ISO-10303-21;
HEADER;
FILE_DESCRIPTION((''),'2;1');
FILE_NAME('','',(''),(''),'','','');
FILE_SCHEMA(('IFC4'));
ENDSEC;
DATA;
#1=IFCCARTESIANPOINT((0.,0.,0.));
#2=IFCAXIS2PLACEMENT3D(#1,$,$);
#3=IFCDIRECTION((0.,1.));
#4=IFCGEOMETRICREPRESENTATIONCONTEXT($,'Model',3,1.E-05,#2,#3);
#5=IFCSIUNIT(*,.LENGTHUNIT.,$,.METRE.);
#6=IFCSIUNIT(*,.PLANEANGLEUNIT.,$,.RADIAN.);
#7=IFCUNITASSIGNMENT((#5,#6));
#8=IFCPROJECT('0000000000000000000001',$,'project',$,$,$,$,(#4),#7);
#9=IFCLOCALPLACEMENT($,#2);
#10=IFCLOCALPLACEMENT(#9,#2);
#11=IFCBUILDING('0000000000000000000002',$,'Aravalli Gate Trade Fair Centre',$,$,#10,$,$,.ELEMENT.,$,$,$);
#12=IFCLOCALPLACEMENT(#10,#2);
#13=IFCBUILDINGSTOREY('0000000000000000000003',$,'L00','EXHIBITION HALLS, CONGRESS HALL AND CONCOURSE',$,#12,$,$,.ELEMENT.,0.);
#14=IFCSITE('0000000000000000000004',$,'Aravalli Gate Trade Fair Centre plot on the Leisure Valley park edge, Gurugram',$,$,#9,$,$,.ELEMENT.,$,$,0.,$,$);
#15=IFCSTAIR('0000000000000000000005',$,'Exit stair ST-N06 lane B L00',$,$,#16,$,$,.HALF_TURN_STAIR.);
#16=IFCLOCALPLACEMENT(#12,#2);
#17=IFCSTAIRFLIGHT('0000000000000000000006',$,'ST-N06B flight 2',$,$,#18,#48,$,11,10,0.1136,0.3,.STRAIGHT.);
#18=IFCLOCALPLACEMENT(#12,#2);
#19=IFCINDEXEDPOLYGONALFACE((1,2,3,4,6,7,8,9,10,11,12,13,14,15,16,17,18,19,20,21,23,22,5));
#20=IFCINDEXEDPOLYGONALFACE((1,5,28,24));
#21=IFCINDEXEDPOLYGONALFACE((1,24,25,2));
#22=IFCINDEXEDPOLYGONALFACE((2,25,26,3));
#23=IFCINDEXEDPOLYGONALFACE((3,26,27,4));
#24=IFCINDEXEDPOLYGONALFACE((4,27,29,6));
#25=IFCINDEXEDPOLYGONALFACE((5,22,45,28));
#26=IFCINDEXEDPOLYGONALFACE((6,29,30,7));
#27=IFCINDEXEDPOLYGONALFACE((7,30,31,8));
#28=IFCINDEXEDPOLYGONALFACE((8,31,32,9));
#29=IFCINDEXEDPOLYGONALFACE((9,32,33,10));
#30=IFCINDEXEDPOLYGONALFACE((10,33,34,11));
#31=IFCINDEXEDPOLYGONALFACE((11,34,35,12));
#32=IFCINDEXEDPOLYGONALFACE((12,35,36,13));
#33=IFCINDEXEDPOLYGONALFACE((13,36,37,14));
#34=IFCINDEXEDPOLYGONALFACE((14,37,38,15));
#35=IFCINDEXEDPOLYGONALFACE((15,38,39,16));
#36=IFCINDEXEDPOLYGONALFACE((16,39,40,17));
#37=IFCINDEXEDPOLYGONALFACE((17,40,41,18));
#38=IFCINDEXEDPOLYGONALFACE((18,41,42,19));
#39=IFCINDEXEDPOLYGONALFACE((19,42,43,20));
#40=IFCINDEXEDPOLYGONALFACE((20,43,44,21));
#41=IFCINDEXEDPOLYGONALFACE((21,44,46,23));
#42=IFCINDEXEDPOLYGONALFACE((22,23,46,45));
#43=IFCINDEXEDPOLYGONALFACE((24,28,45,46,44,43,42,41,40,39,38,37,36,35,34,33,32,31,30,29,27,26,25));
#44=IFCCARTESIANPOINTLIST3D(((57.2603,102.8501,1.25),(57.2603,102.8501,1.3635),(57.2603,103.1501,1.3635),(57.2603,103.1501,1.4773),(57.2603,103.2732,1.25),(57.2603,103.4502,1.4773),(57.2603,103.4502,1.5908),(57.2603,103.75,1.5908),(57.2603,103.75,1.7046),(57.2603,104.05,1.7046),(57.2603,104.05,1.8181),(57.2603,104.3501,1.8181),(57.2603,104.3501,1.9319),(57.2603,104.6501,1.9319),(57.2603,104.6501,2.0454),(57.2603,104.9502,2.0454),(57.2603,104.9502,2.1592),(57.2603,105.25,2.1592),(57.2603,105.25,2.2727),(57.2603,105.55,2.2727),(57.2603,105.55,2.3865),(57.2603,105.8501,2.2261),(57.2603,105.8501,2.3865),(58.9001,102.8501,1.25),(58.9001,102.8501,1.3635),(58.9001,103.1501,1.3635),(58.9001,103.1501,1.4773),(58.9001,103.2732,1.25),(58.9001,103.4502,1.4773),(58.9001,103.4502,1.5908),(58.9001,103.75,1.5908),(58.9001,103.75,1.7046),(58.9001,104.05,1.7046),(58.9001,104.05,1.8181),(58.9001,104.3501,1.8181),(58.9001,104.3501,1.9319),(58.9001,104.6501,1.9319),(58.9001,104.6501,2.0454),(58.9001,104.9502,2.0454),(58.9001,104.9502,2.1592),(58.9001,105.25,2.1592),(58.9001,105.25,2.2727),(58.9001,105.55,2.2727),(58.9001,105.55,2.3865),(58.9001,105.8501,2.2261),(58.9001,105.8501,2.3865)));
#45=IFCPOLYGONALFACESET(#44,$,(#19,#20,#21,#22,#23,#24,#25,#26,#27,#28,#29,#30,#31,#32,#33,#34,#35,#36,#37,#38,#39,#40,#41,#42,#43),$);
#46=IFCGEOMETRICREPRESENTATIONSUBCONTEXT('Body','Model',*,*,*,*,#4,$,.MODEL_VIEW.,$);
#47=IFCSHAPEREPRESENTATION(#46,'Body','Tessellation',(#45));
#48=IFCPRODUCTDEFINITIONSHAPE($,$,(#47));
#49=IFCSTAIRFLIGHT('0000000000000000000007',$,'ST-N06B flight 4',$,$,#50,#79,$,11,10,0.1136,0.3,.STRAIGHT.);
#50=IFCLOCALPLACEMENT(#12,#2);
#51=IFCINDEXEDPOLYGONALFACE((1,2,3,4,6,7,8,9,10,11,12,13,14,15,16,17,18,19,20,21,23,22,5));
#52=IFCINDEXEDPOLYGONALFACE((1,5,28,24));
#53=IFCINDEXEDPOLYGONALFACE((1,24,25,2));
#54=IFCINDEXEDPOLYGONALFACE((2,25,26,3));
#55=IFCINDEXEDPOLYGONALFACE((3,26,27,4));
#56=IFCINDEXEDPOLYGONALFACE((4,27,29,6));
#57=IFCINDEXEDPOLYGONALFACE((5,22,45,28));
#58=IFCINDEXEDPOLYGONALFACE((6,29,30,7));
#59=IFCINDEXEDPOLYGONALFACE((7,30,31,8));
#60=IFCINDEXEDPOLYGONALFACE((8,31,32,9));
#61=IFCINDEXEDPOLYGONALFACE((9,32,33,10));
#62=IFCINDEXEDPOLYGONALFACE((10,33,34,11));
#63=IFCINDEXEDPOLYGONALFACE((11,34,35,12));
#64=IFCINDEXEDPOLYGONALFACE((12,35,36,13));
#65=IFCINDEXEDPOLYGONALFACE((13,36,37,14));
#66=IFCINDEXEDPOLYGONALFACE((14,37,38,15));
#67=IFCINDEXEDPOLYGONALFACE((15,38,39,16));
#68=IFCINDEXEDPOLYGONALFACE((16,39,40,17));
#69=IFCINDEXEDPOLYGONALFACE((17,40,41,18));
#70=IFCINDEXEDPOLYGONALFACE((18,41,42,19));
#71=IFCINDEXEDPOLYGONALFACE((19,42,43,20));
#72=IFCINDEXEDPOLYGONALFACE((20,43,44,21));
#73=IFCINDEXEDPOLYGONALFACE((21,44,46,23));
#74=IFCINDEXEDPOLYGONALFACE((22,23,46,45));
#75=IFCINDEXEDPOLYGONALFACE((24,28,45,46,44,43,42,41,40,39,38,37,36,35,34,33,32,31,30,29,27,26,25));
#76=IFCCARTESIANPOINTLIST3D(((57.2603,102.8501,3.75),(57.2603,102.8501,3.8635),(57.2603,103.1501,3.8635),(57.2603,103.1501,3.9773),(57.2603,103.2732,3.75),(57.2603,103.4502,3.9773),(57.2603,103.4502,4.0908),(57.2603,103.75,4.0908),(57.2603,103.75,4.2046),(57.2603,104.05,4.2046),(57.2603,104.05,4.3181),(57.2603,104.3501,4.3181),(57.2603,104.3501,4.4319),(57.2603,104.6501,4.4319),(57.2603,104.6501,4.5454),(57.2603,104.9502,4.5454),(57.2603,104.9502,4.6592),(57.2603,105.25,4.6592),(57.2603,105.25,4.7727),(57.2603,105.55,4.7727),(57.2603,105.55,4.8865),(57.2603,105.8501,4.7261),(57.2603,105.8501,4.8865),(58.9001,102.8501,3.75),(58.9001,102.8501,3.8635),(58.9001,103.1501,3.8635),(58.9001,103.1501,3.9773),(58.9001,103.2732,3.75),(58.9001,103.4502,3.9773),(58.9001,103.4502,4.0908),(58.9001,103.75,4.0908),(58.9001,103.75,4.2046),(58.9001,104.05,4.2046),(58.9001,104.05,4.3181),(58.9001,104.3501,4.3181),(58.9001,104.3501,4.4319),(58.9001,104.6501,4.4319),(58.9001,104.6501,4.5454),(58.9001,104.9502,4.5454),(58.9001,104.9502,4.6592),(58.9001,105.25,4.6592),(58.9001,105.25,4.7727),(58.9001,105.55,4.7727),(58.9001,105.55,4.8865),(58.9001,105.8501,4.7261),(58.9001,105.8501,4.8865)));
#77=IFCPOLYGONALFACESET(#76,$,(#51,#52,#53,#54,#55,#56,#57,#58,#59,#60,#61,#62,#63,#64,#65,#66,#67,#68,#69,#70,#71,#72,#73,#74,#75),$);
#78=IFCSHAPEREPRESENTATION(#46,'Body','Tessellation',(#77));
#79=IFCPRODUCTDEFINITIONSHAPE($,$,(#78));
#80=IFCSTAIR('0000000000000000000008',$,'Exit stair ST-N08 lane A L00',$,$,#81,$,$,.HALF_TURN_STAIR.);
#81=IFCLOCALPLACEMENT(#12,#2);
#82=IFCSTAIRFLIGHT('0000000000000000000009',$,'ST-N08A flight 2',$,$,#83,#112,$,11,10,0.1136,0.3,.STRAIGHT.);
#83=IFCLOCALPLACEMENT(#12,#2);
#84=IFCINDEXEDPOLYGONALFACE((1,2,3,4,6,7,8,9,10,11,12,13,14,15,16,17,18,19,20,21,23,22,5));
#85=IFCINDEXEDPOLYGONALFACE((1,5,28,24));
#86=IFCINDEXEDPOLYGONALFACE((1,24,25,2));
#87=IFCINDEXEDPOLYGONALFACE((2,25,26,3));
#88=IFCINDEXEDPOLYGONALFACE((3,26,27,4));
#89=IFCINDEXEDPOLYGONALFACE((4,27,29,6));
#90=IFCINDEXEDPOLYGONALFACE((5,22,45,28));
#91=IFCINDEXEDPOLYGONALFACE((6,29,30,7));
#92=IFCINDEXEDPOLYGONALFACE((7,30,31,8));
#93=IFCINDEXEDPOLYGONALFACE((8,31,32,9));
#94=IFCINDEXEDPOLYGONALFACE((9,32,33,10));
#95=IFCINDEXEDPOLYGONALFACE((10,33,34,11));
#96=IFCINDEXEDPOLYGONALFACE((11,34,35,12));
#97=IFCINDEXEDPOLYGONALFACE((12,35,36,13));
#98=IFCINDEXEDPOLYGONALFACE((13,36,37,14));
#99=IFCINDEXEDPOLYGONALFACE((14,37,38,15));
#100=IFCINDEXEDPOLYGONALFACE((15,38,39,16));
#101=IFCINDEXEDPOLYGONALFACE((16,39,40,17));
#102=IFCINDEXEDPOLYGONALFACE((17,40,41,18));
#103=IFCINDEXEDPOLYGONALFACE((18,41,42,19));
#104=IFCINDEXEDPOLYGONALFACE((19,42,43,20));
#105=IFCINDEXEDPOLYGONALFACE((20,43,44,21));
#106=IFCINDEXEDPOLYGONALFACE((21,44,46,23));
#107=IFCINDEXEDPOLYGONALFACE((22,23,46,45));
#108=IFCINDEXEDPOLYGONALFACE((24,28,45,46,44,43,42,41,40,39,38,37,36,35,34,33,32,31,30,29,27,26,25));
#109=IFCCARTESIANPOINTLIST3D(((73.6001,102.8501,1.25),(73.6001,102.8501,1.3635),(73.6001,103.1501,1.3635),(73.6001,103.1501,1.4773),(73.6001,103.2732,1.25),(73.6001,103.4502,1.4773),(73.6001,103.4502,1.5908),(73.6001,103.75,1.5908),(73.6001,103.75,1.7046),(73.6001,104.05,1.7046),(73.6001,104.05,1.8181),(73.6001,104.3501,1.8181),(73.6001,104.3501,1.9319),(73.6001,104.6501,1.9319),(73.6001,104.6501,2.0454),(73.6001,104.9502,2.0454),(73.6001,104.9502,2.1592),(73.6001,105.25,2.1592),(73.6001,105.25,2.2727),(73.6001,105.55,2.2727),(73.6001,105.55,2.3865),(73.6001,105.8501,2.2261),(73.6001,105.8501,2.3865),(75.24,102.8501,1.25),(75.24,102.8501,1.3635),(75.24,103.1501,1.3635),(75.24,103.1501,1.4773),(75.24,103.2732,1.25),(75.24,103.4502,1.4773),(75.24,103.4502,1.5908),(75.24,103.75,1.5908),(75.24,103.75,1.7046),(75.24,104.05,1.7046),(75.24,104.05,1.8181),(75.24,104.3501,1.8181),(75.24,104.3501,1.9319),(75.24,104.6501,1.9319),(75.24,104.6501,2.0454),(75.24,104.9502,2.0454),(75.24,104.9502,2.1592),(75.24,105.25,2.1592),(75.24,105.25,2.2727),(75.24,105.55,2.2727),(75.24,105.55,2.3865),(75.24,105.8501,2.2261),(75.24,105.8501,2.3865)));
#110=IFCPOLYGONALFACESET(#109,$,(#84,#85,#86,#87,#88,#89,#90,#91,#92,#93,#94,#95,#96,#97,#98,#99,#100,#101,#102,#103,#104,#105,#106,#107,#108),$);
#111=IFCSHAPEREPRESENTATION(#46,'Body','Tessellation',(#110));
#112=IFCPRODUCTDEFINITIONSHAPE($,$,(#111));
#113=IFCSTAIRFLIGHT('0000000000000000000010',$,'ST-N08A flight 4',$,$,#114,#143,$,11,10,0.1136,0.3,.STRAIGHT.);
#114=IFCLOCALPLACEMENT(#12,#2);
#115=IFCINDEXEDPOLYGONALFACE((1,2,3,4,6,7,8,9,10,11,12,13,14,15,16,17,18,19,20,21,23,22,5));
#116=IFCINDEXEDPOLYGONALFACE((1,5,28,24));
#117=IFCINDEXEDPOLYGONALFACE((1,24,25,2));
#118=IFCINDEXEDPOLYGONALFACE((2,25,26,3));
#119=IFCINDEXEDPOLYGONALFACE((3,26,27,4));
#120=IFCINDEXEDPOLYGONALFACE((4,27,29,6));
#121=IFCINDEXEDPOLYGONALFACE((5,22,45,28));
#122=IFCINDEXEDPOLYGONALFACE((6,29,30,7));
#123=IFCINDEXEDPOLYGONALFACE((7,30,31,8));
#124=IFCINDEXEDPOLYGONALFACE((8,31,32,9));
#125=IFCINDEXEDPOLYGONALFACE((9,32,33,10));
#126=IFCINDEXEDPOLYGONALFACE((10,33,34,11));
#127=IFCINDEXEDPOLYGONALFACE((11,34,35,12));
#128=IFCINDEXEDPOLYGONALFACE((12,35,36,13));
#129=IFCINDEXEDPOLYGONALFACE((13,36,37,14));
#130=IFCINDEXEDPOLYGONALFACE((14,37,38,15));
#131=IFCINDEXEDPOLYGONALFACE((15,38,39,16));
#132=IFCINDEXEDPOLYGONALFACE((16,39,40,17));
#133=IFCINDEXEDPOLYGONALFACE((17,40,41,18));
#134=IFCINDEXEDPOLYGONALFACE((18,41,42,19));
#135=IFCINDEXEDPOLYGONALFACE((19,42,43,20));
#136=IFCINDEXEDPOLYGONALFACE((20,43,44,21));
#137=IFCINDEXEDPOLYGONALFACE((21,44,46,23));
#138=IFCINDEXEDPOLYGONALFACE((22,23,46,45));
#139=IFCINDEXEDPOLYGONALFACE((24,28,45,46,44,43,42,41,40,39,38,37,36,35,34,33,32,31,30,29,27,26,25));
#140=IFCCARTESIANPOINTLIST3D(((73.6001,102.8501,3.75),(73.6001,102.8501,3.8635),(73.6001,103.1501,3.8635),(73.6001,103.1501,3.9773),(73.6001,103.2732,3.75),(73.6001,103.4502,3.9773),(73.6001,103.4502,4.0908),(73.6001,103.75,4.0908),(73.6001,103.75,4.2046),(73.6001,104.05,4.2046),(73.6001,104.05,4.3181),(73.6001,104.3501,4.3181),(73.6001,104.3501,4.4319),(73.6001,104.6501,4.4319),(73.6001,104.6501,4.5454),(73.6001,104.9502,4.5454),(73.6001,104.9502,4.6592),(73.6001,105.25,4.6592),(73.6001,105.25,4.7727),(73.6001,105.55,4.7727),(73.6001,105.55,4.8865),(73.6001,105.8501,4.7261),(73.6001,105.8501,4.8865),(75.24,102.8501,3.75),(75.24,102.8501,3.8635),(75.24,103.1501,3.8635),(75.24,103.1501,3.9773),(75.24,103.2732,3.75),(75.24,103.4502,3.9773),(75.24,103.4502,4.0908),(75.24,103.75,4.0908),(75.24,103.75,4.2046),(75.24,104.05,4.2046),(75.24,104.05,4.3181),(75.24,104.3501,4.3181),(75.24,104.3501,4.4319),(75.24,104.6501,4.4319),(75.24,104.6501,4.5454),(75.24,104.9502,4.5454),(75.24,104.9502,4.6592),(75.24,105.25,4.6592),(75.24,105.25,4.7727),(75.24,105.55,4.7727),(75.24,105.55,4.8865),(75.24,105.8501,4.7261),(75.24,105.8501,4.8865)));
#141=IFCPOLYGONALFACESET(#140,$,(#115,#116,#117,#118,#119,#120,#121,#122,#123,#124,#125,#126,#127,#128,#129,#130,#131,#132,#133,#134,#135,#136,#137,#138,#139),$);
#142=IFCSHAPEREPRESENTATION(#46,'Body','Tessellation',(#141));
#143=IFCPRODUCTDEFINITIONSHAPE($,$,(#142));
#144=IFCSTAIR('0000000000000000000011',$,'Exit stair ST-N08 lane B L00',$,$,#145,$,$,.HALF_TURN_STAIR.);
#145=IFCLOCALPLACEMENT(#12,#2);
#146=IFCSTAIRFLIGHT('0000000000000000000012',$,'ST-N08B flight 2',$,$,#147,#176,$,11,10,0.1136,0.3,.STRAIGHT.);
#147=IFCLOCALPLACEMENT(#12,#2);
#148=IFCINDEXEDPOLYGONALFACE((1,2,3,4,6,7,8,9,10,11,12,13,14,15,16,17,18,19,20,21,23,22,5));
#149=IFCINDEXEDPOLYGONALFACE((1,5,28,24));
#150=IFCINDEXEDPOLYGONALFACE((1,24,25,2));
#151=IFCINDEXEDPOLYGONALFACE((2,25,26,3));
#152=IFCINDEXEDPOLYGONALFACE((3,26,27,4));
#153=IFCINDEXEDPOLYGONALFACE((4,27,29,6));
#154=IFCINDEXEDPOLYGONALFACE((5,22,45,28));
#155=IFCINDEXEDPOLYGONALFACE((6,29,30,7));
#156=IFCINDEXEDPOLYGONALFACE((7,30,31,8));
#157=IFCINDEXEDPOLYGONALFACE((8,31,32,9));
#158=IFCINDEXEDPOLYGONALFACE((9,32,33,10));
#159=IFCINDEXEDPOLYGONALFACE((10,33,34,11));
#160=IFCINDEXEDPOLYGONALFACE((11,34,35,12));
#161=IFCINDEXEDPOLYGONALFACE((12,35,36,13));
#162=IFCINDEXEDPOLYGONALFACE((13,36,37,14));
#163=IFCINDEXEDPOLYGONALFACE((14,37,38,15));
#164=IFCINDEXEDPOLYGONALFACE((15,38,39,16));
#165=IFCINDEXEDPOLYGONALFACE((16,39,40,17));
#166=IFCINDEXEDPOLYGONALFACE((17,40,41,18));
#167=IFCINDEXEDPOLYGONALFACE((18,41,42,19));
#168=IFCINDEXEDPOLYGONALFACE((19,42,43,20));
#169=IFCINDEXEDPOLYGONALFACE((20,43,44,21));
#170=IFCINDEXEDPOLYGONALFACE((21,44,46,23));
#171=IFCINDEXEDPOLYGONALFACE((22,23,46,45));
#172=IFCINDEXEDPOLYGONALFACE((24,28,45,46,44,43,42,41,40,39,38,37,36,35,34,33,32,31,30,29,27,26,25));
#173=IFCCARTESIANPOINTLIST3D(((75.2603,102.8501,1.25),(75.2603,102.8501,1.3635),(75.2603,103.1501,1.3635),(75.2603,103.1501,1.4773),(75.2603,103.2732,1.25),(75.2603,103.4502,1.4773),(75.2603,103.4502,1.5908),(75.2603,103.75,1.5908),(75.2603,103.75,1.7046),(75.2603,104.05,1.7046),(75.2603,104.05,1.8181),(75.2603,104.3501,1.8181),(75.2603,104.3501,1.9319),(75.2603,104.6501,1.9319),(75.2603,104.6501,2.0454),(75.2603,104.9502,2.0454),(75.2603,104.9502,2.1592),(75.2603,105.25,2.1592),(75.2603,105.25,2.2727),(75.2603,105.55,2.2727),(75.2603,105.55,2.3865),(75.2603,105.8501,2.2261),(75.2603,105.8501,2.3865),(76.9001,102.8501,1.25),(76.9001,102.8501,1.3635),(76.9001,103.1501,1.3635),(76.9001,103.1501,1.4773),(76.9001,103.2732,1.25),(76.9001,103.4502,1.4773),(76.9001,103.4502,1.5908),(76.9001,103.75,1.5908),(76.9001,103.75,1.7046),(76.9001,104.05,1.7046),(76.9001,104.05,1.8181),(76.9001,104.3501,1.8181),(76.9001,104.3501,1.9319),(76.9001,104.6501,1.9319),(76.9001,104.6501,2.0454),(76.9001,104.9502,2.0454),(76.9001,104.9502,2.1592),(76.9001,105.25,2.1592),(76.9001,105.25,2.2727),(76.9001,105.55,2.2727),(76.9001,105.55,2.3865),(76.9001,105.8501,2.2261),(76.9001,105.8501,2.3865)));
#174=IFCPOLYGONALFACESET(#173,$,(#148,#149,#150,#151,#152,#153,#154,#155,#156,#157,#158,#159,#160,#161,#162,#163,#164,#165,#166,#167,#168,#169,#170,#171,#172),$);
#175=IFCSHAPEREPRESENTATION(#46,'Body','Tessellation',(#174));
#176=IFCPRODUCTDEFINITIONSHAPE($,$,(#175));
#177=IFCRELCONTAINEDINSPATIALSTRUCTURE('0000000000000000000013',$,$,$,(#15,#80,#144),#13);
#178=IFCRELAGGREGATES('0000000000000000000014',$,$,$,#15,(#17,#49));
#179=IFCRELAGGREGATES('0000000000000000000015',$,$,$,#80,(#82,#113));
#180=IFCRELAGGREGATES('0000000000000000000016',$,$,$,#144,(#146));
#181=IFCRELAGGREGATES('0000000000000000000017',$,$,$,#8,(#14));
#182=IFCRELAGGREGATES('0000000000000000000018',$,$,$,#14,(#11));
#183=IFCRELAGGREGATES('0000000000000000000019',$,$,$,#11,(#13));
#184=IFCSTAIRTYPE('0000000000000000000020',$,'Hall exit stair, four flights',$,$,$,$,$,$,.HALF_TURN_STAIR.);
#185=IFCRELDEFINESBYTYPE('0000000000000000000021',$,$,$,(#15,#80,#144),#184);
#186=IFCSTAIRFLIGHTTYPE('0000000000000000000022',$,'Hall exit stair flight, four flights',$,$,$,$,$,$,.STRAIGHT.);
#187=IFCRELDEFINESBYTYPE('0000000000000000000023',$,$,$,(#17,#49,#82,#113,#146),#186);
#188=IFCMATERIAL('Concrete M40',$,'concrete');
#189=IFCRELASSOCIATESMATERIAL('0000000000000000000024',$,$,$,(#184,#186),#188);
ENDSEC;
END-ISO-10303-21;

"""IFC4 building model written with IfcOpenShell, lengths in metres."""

from ifc_helpers import new_model, si_unit, direction, frame, origin, place, context, subcontext, project, spatial, polyline, outline, extrude, material, type_object, element, aggregate, save


model = new_model("IFC4")

# Units and contexts
model_context = context("Model", 3, precision=1e-05, world=origin(), true_north=direction((0.0, 1.0)))
body_context = subcontext(model_context, "Body", "Model", "MODEL_VIEW")
ifc_project = project(units=[si_unit("LENGTHUNIT", "METRE"), si_unit("PLANEANGLEUNIT", "RADIAN")], contexts=[model_context])

# Site, building, storey
site_placement = place(None, origin())
site = spatial("IfcSite", under=ifc_project, at=site_placement, Name="Aravalli Gate Trade Fair Centre plot on the Leisure Valley park edge, Gurugram", CompositionType="ELEMENT", RefElevation=0.0)
building_placement = place(site_placement, origin())
building = spatial("IfcBuilding", under=site, at=building_placement, Name="Aravalli Gate Trade Fair Centre", CompositionType="ELEMENT")
storey_placement = place(building_placement, origin())
storey = spatial("IfcBuildingStorey", under=building, at=storey_placement, Name="L00", Description="EXHIBITION HALLS, CONGRESS HALL AND CONCOURSE", CompositionType="ELEMENT", Elevation=0.0)

# Shared definitions
ifc_material_1 = material(Name="Concrete M40", Category="concrete")

# Stairs, stair flights
stair_type_1 = type_object("IfcStairType", Name="Hall exit stair, four flights", PredefinedType="HALF_TURN_STAIR", material=ifc_material_1)
stair_flight_type_1 = type_object("IfcStairFlightType", Name="Hall exit stair flight, four flights", PredefinedType="STRAIGHT", material=ifc_material_1)
stair_1_placement = place(storey_placement, origin())
stair_1 = element("IfcStair", 1, at=stair_1_placement, inside=storey, type_object=stair_type_1, Name="Exit stair ST-N06 lane B L00", PredefinedType="HALF_TURN_STAIR")
stair_flight_1_placement = place(storey_placement, frame((58.0801, 102.8501, 1.25), z_axis=(0.0, 0.0, 1.0), x_axis=(0.0, 1.0, 0.0)))
stair_flight_1 = element("IfcStairFlight", 2, at=stair_flight_1_placement, type_object=stair_flight_type_1, Name="ST-N06B flight 2", NumberOfRisers=11, NumberOfTreads=10, PredefinedType="STRAIGHT", RiserHeight=0.1136, TreadLength=0.3, context=body_context, shape_type="SweptSolid", body=[
    extrude(outline(polyline([(0.0, 0.0), (0.0, 0.1135), (0.3, 0.1135), (0.3, 0.2273), (0.6001, 0.2273), (0.6001, 0.3408), (0.8999, 0.3408), (0.8999, 0.4546), (1.2, 0.4546), (1.2, 0.5681), (1.5, 0.5681), (1.5, 0.6819), (1.8, 0.6819), (1.8, 0.7954), (2.1001, 0.7954), (2.1001, 0.9092), (2.3999, 0.9092), (2.3999, 1.0227), (2.7, 1.0227), (2.7, 1.1365), (3.0, 1.1365), (3.0, 1.25), (3.0, 0.9761), (0.4231, 0.0), (0.0, 0.0)])), frame((0.0, 0.8198, 0.0), z_axis=(0.0, -1.0, 0.0), x_axis=(1.0, 0.0, 0.0)), (0.0, 0.0, 1.0), 1.6399),
])
stair_flight_2_placement = place(storey_placement, frame((58.0801, 102.8501, 3.75), z_axis=(0.0, 0.0, 1.0), x_axis=(0.0, 1.0, 0.0)))
stair_flight_2 = element("IfcStairFlight", 3, at=stair_flight_2_placement, type_object=stair_flight_type_1, Name="ST-N06B flight 4", NumberOfRisers=11, NumberOfTreads=10, PredefinedType="STRAIGHT", RiserHeight=0.1136, TreadLength=0.3, context=body_context, shape_type="SweptSolid", body=[
    extrude(outline(polyline([(0.0, 0.0), (0.0, 0.1135), (0.3, 0.1135), (0.3, 0.2273), (0.6001, 0.2273), (0.6001, 0.3408), (0.8999, 0.3408), (0.8999, 0.4546), (1.2, 0.4546), (1.2, 0.5681), (1.5, 0.5681), (1.5, 0.6819), (1.8, 0.6819), (1.8, 0.7954), (2.1001, 0.7954), (2.1001, 0.9092), (2.3999, 0.9092), (2.3999, 1.0227), (2.7, 1.0227), (2.7, 1.1365), (3.0, 1.1365), (3.0, 1.25), (3.0, 0.9761), (0.4231, 0.0), (0.0, 0.0)])), frame((0.0, 0.8198, 0.0), z_axis=(0.0, -1.0, 0.0), x_axis=(1.0, 0.0, 0.0)), (0.0, 0.0, 1.0), 1.6399),
])
aggregate(stair_1, [stair_flight_1, stair_flight_2])
stair_2_placement = place(storey_placement, origin())
stair_2 = element("IfcStair", 4, at=stair_2_placement, inside=storey, type_object=stair_type_1, Name="Exit stair ST-N08 lane A L00", PredefinedType="HALF_TURN_STAIR")
stair_flight_3_placement = place(storey_placement, frame((74.4199, 102.8501, 1.25), z_axis=(0.0, 0.0, 1.0), x_axis=(0.0, 1.0, 0.0)))
stair_flight_3 = element("IfcStairFlight", 5, at=stair_flight_3_placement, type_object=stair_flight_type_1, Name="ST-N08A flight 2", NumberOfRisers=11, NumberOfTreads=10, PredefinedType="STRAIGHT", RiserHeight=0.1136, TreadLength=0.3, context=body_context, shape_type="SweptSolid", body=[
    extrude(outline(polyline([(0.0, 0.0), (0.0, 0.1135), (0.3, 0.1135), (0.3, 0.2273), (0.6001, 0.2273), (0.6001, 0.3408), (0.8999, 0.3408), (0.8999, 0.4546), (1.2, 0.4546), (1.2, 0.5681), (1.5, 0.5681), (1.5, 0.6819), (1.8, 0.6819), (1.8, 0.7954), (2.1001, 0.7954), (2.1001, 0.9092), (2.3999, 0.9092), (2.3999, 1.0227), (2.7, 1.0227), (2.7, 1.1365), (3.0, 1.1365), (3.0, 1.25), (3.0, 0.9761), (0.4231, 0.0), (0.0, 0.0)])), frame((0.0, 0.8198, 0.0), z_axis=(0.0, -1.0, 0.0), x_axis=(1.0, 0.0, 0.0)), (0.0, 0.0, 1.0), 1.6399),
])
stair_flight_4_placement = place(storey_placement, frame((74.4199, 102.8501, 3.75), z_axis=(0.0, 0.0, 1.0), x_axis=(0.0, 1.0, 0.0)))
stair_flight_4 = element("IfcStairFlight", 6, at=stair_flight_4_placement, type_object=stair_flight_type_1, Name="ST-N08A flight 4", NumberOfRisers=11, NumberOfTreads=10, PredefinedType="STRAIGHT", RiserHeight=0.1136, TreadLength=0.3, context=body_context, shape_type="SweptSolid", body=[
    extrude(outline(polyline([(0.0, 0.0), (0.0, 0.1135), (0.3, 0.1135), (0.3, 0.2273), (0.6001, 0.2273), (0.6001, 0.3408), (0.8999, 0.3408), (0.8999, 0.4546), (1.2, 0.4546), (1.2, 0.5681), (1.5, 0.5681), (1.5, 0.6819), (1.8, 0.6819), (1.8, 0.7954), (2.1001, 0.7954), (2.1001, 0.9092), (2.3999, 0.9092), (2.3999, 1.0227), (2.7, 1.0227), (2.7, 1.1365), (3.0, 1.1365), (3.0, 1.25), (3.0, 0.9761), (0.4231, 0.0), (0.0, 0.0)])), frame((0.0, 0.8198, 0.0), z_axis=(0.0, -1.0, 0.0), x_axis=(1.0, 0.0, 0.0)), (0.0, 0.0, 1.0), 1.6399),
])
aggregate(stair_2, [stair_flight_3, stair_flight_4])

# Stair, stair flight
stair_3_placement = place(storey_placement, origin())
stair_3 = element("IfcStair", 7, at=stair_3_placement, inside=storey, type_object=stair_type_1, Name="Exit stair ST-N08 lane B L00", PredefinedType="HALF_TURN_STAIR")
stair_flight_5_placement = place(storey_placement, frame((76.0801, 102.8501, 1.25), z_axis=(0.0, 0.0, 1.0), x_axis=(0.0, 1.0, 0.0)))
stair_flight_5 = element("IfcStairFlight", 8, at=stair_flight_5_placement, type_object=stair_flight_type_1, Name="ST-N08B flight 2", NumberOfRisers=11, NumberOfTreads=10, PredefinedType="STRAIGHT", RiserHeight=0.1136, TreadLength=0.3, context=body_context, shape_type="SweptSolid", body=[
    extrude(outline(polyline([(0.0, 0.0), (0.0, 0.1135), (0.3, 0.1135), (0.3, 0.2273), (0.6001, 0.2273), (0.6001, 0.3408), (0.8999, 0.3408), (0.8999, 0.4546), (1.2, 0.4546), (1.2, 0.5681), (1.5, 0.5681), (1.5, 0.6819), (1.8, 0.6819), (1.8, 0.7954), (2.1001, 0.7954), (2.1001, 0.9092), (2.3999, 0.9092), (2.3999, 1.0227), (2.7, 1.0227), (2.7, 1.1365), (3.0, 1.1365), (3.0, 1.25), (3.0, 0.9761), (0.4231, 0.0), (0.0, 0.0)])), frame((0.0, 0.8198, 0.0), z_axis=(0.0, -1.0, 0.0), x_axis=(1.0, 0.0, 0.0)), (0.0, 0.0, 1.0), 1.6399),
])
aggregate(stair_3, [stair_flight_5])

save(model, "model.ifc")
